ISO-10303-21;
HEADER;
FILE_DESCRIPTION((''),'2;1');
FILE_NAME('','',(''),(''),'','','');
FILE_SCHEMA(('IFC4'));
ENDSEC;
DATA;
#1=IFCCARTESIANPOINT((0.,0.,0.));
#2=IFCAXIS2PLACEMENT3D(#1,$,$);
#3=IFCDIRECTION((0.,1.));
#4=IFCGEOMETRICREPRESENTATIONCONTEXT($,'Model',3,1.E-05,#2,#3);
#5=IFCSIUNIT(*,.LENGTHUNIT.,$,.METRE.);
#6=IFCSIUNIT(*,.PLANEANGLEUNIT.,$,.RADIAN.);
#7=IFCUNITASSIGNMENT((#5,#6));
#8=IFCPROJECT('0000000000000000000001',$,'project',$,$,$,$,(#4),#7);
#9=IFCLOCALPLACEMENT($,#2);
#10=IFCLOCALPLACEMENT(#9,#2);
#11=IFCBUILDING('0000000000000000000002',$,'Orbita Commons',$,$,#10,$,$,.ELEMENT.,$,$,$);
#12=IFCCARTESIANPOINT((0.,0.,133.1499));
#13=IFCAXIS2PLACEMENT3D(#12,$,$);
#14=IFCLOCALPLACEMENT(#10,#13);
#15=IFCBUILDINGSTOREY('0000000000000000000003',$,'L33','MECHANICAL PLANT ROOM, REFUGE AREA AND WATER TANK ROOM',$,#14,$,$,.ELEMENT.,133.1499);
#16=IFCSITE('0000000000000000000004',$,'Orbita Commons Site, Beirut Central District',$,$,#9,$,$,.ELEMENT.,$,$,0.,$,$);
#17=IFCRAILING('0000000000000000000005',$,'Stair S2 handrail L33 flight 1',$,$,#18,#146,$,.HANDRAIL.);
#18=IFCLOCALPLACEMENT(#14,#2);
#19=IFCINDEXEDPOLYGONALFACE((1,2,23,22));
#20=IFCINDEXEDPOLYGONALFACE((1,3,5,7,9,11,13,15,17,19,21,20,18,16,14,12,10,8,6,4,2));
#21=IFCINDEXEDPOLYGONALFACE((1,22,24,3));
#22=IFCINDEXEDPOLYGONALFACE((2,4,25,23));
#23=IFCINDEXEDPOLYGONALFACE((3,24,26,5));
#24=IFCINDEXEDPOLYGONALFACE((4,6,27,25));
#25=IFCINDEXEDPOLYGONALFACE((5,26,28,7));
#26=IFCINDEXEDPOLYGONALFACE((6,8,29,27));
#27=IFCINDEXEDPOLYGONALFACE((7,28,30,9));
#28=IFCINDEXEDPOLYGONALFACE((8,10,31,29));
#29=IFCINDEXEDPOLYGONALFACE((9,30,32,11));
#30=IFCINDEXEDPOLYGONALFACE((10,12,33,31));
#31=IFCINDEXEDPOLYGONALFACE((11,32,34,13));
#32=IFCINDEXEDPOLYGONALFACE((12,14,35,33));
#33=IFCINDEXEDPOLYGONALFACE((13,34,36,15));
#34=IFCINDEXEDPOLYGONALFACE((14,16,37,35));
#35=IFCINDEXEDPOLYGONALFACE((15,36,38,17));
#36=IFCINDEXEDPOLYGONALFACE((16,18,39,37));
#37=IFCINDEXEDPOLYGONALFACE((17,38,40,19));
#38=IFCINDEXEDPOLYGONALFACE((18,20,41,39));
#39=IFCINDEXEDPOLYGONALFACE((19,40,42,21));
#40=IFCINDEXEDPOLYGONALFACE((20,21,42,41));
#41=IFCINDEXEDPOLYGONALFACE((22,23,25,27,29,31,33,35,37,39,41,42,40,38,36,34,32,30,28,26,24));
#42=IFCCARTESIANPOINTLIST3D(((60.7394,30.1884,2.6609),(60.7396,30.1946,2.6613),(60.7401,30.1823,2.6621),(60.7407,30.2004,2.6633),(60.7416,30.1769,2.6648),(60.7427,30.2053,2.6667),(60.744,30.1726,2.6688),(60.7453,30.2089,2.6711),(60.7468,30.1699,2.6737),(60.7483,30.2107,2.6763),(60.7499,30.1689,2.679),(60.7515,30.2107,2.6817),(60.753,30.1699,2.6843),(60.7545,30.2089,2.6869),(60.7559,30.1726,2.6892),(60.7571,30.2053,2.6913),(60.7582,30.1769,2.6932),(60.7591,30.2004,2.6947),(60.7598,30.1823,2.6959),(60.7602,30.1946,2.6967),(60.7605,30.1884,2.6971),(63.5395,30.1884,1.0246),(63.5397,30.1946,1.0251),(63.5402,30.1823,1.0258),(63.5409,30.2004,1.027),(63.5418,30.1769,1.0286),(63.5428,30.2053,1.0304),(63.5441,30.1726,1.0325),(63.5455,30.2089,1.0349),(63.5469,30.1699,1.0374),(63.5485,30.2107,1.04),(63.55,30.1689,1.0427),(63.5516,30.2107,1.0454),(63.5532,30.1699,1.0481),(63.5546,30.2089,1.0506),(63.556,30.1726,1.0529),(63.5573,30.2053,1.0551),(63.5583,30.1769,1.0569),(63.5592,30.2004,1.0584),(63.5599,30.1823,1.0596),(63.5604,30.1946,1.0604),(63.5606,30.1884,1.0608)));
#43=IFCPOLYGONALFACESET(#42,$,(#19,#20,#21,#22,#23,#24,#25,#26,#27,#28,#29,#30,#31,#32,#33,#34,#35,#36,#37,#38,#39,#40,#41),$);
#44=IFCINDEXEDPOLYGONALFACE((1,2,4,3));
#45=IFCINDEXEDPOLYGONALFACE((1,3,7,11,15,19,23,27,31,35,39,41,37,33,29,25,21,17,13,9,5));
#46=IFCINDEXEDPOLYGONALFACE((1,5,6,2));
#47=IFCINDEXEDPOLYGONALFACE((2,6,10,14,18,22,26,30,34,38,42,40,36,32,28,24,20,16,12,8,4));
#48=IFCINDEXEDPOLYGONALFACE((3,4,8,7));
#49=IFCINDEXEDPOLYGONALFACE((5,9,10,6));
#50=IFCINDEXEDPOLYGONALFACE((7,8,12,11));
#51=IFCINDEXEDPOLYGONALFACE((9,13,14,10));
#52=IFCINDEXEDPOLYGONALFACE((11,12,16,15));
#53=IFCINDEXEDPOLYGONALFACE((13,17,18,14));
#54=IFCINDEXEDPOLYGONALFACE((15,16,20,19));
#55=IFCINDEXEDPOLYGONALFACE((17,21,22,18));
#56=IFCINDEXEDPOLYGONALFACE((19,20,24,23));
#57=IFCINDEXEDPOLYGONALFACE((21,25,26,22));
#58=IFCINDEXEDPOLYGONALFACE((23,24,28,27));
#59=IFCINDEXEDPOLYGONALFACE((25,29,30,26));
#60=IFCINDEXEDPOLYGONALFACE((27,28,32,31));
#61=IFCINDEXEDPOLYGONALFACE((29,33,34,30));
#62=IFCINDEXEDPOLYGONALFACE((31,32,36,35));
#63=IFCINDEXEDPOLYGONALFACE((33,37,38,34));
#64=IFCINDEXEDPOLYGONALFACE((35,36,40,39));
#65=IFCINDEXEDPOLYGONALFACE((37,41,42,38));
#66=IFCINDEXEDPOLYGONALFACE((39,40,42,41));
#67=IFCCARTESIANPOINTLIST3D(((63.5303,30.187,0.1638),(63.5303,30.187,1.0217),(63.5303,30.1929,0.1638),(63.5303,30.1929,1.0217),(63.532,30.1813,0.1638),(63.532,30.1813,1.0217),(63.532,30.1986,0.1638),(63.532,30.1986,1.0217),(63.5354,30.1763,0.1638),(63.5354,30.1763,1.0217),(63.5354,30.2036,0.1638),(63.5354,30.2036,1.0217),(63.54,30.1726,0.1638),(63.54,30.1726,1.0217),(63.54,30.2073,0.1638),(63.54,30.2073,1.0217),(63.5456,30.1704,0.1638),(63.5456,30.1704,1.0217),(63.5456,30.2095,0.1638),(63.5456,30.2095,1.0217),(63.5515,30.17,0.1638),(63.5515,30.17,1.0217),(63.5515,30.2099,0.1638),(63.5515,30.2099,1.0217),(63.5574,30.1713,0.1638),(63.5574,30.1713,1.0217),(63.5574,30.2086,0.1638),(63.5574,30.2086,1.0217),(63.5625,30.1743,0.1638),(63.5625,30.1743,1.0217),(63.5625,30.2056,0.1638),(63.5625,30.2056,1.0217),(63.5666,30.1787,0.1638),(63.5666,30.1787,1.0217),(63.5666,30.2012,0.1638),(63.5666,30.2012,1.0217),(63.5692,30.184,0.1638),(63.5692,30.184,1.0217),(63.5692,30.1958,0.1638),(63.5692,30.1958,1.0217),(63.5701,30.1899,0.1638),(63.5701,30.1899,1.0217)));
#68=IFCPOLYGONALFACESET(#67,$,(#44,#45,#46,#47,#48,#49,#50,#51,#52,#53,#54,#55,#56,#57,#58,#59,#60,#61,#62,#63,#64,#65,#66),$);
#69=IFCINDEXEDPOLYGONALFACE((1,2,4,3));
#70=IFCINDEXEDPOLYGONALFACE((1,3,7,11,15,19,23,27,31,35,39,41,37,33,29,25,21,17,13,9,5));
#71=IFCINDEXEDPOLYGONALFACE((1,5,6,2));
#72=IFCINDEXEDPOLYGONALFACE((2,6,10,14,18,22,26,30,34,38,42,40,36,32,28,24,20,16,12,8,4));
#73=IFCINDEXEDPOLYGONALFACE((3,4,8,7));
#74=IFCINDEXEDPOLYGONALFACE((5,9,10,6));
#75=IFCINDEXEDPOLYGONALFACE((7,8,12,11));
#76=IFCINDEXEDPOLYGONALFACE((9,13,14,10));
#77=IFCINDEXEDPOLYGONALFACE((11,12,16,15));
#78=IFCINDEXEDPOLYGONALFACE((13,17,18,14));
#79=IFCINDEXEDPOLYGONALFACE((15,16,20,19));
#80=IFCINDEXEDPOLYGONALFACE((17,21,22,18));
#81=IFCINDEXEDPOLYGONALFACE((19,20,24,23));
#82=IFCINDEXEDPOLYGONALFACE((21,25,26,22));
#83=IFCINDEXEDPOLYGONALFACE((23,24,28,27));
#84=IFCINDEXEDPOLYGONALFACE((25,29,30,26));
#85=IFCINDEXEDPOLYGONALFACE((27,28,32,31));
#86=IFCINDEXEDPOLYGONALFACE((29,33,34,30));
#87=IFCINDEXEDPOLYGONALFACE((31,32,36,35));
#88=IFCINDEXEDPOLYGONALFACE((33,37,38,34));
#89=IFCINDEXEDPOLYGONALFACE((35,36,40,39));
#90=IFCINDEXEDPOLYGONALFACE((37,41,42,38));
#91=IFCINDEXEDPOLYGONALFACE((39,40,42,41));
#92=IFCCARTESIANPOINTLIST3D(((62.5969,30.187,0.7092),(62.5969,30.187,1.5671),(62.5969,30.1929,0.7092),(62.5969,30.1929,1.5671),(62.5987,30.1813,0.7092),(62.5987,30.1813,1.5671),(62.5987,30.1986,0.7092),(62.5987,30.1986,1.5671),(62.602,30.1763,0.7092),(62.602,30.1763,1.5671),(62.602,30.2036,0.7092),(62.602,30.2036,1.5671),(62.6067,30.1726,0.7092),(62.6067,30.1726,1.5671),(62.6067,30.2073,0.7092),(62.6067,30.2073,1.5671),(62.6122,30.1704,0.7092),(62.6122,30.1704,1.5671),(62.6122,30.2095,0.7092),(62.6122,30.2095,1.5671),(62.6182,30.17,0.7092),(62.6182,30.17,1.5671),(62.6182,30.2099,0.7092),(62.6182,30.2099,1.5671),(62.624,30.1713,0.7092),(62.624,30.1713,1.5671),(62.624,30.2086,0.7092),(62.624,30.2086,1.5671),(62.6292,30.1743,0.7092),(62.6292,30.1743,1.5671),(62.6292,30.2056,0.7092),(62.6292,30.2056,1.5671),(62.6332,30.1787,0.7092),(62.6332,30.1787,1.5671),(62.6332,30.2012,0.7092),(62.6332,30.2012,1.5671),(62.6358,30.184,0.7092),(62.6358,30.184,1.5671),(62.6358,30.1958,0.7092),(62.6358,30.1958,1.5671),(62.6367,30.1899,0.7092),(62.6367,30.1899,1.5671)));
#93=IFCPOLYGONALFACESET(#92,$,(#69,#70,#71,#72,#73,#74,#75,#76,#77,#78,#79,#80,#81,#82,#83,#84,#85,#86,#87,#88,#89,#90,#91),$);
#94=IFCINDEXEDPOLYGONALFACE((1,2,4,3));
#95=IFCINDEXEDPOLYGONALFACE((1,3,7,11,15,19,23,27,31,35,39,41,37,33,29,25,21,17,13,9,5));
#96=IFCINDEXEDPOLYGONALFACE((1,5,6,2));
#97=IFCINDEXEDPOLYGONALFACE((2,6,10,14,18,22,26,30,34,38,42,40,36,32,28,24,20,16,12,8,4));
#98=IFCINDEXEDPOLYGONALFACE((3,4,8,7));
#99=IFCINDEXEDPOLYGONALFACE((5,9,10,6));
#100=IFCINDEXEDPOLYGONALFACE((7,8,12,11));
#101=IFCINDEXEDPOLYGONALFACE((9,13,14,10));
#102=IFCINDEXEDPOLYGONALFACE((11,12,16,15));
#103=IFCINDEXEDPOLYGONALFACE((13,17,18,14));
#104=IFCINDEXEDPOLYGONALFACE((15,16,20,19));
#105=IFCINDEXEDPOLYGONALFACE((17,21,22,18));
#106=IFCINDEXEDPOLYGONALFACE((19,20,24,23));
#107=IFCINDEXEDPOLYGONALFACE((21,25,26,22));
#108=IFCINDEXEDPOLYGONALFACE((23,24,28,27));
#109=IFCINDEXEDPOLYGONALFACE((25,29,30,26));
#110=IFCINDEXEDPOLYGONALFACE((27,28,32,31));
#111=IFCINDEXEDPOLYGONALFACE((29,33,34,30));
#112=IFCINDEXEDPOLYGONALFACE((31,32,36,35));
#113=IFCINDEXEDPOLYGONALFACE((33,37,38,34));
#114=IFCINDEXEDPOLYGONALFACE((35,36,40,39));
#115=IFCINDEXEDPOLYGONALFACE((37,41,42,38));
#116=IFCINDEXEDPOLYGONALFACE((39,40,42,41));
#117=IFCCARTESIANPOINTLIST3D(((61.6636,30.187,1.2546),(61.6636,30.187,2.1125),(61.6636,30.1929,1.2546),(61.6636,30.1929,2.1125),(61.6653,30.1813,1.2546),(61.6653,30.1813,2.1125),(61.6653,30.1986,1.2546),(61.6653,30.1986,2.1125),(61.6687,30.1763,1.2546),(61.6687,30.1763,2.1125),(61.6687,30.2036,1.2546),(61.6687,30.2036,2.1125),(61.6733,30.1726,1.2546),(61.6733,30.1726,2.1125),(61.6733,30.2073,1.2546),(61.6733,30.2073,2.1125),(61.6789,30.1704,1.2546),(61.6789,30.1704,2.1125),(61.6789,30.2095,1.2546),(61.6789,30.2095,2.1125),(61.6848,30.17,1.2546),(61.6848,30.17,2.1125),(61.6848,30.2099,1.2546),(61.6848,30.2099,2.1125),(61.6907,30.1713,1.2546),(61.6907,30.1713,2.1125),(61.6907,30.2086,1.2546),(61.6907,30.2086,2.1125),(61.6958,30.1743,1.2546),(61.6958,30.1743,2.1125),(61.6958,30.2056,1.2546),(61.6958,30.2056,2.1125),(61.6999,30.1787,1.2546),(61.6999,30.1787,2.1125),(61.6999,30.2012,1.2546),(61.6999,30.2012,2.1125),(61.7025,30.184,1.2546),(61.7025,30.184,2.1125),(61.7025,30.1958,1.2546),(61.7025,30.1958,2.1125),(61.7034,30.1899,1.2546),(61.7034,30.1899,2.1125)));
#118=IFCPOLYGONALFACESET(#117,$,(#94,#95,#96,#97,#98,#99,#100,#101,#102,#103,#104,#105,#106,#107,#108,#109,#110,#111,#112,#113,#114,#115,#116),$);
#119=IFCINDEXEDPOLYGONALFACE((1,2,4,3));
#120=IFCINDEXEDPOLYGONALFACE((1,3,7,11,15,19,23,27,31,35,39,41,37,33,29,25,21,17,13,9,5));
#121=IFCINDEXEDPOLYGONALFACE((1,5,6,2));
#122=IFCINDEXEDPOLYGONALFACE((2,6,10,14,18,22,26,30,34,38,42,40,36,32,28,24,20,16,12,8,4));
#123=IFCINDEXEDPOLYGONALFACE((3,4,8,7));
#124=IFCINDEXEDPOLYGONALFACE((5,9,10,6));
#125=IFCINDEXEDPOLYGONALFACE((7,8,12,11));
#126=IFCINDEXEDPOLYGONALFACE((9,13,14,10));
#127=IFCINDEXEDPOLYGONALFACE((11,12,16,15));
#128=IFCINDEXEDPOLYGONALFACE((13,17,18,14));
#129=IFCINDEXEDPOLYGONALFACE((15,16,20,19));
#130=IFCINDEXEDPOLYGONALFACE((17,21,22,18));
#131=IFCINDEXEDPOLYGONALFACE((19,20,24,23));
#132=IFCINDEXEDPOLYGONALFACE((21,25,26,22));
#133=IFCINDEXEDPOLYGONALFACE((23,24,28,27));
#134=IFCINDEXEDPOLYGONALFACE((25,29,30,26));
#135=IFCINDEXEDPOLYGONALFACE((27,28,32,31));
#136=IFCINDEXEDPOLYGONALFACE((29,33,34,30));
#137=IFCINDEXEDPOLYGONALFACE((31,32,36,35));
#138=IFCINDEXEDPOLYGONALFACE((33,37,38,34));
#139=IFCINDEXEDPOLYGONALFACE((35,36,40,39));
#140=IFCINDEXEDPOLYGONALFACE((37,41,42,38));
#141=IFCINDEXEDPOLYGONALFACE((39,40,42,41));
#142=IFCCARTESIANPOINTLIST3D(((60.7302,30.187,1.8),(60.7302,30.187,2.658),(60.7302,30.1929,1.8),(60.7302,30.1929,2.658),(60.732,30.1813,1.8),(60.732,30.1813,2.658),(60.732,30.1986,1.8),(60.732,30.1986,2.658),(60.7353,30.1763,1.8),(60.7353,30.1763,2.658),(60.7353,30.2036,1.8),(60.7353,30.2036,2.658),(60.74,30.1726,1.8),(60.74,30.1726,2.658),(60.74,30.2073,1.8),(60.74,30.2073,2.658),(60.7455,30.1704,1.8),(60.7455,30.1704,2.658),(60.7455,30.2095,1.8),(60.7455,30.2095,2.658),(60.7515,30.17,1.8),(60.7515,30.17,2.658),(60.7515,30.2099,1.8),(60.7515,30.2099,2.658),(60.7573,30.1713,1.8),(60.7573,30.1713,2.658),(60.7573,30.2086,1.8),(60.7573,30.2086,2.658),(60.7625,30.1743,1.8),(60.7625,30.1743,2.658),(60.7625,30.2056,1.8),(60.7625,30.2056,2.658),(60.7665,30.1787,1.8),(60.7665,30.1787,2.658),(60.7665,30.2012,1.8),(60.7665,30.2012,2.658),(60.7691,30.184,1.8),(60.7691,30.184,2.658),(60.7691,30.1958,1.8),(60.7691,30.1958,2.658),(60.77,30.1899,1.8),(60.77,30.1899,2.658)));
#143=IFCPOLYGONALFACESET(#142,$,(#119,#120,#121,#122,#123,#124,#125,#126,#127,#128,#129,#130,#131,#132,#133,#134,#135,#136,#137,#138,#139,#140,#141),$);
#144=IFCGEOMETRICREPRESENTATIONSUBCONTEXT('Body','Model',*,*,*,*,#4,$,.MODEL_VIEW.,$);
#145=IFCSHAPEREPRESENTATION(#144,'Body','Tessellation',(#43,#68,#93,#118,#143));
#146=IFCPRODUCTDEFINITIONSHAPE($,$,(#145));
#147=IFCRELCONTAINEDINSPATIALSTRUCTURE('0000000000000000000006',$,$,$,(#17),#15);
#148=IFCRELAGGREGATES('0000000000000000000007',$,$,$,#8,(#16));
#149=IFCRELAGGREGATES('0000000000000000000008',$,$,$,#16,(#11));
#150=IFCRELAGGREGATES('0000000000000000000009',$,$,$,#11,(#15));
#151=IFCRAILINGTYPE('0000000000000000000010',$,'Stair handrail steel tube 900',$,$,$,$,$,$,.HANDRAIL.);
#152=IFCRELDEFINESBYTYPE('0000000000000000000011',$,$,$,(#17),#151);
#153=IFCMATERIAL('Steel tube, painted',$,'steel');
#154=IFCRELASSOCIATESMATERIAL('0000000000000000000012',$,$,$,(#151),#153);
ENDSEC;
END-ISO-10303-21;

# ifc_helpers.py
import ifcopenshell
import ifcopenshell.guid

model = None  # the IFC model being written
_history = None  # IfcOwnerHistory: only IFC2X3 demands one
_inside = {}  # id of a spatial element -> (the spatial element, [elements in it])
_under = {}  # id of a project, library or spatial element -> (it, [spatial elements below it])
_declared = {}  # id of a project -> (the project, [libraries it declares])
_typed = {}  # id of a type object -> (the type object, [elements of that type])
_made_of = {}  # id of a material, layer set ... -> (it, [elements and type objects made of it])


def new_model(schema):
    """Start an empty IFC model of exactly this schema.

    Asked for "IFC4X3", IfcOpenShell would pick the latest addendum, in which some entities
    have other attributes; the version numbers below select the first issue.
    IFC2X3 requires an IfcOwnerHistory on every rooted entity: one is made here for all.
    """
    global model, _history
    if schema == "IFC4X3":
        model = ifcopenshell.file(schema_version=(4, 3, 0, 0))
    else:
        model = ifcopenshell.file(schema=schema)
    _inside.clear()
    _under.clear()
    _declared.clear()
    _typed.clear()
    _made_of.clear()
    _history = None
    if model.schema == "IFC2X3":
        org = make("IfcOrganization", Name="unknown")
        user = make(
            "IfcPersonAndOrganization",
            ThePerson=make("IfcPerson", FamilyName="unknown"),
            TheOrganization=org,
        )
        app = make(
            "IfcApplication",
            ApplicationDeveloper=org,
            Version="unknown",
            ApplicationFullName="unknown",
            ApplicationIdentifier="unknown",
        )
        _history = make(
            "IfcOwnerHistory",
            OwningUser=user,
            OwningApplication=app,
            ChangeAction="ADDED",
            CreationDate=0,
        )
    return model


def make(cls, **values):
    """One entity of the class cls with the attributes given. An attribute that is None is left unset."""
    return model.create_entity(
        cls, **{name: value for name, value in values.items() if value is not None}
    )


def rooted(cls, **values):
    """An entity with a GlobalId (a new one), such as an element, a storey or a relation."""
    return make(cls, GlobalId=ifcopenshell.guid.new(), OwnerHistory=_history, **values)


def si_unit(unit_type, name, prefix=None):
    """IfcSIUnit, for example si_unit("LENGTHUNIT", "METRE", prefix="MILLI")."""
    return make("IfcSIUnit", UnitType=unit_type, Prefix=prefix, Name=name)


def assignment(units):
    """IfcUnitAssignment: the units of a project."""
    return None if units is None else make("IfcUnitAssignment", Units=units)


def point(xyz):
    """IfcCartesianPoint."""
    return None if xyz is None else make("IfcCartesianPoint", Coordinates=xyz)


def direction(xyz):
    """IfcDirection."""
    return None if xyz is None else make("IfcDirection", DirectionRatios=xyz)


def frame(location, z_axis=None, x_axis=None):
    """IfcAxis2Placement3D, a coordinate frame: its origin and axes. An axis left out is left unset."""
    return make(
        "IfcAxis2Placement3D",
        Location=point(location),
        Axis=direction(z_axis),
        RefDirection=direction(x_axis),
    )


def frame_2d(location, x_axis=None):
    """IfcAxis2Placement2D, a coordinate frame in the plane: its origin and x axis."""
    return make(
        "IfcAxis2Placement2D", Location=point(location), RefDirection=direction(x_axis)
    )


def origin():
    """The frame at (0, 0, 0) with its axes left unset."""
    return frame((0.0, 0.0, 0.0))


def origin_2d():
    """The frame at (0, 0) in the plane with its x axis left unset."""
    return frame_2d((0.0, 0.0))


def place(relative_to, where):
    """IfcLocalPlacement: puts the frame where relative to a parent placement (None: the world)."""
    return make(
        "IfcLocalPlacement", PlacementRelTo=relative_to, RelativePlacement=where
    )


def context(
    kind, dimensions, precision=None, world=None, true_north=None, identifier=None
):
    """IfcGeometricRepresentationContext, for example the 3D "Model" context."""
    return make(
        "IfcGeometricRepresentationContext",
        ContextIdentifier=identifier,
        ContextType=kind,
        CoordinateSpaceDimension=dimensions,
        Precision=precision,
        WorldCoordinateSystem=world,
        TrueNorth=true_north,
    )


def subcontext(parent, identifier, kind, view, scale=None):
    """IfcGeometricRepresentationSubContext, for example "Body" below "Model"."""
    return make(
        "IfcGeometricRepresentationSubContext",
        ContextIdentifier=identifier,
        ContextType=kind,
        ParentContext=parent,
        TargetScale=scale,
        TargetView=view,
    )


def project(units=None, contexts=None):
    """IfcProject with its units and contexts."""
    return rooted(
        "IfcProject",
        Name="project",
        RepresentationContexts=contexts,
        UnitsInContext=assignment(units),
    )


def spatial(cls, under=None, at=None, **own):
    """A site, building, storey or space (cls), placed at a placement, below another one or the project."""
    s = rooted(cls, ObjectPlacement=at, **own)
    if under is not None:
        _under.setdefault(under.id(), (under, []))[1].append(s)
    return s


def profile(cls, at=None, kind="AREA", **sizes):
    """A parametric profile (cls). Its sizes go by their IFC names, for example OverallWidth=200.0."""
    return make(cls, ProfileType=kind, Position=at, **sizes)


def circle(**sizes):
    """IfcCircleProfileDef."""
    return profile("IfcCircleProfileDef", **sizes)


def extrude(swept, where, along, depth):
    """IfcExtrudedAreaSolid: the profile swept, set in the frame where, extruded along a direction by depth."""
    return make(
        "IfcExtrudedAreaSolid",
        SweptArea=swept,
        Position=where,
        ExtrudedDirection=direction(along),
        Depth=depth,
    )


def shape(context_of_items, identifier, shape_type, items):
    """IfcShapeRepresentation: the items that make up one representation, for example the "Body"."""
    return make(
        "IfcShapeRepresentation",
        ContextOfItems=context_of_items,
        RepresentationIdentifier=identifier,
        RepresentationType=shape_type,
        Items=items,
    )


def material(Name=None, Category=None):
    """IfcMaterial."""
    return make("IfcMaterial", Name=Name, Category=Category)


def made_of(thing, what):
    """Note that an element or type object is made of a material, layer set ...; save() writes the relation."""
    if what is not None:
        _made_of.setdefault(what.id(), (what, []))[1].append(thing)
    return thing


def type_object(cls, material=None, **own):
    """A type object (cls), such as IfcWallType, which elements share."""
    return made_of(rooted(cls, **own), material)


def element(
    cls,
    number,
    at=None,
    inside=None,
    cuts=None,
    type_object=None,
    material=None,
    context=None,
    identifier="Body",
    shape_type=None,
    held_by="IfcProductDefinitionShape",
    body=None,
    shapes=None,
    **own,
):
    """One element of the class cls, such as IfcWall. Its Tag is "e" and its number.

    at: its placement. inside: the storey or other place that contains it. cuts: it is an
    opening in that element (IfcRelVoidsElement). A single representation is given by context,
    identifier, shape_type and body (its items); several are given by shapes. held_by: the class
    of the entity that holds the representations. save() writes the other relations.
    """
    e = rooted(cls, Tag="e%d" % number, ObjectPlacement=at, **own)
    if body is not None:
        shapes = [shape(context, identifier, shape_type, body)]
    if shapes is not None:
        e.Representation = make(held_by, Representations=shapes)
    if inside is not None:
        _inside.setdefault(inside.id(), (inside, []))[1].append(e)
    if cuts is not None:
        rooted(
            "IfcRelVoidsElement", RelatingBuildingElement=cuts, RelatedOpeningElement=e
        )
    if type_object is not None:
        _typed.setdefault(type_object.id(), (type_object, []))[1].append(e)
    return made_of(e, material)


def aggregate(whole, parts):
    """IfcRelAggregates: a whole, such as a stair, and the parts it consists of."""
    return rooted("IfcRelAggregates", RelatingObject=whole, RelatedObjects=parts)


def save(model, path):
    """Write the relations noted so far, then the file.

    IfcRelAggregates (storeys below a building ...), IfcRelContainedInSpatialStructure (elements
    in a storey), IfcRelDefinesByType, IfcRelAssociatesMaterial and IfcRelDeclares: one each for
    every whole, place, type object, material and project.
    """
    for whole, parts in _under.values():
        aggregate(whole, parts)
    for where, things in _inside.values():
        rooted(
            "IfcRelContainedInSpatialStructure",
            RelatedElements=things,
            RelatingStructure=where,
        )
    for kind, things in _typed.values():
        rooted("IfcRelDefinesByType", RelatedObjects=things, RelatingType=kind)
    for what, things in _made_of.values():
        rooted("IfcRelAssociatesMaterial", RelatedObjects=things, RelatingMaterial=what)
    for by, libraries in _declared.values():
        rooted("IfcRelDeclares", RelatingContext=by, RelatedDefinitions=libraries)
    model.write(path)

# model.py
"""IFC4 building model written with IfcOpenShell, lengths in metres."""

from ifc_helpers import new_model, si_unit, direction, frame, origin, origin_2d, place, context, subcontext, project, spatial, circle, extrude, material, type_object, element, save


model = new_model("IFC4")

# Units and contexts
model_context = context("Model", 3, precision=1e-05, world=origin(), true_north=direction((0.0, 1.0)))
body_context = subcontext(model_context, "Body", "Model", "MODEL_VIEW")
ifc_project = project(units=[si_unit("LENGTHUNIT", "METRE"), si_unit("PLANEANGLEUNIT", "RADIAN")], contexts=[model_context])

# Site, building, storey
site_placement = place(None, origin())
site = spatial("IfcSite", under=ifc_project, at=site_placement, Name="Orbita Commons Site, Beirut Central District", CompositionType="ELEMENT", RefElevation=0.0)
building_placement = place(site_placement, origin())
building = spatial("IfcBuilding", under=site, at=building_placement, Name="Orbita Commons", CompositionType="ELEMENT")
storey_placement = place(building_placement, frame((0.0, 0.0, 133.1499)))
storey = spatial("IfcBuildingStorey", under=building, at=storey_placement, Name="L33", Description="MECHANICAL PLANT ROOM, REFUGE AREA AND WATER TANK ROOM", CompositionType="ELEMENT", Elevation=133.1499)

# Railing
ifc_material_1 = material(Name="Steel tube, painted", Category="steel")
railing_type = type_object("IfcRailingType", Name="Stair handrail steel tube 900", PredefinedType="HANDRAIL", material=ifc_material_1)
for number, where, name in (
    (1, (63.55, 30.1899, 0.1638), "Stair S2 handrail L33 flight 1"),
):
    element("IfcRailing", number, at=place(storey_placement, frame(where)), inside=storey, type_object=railing_type, Name=name, PredefinedType="HANDRAIL", context=body_context, shape_type="SweptSolid", body=[
        extrude(circle(Radius=0.021, at=origin_2d()), frame((0.0, 0.0, 0.8789), z_axis=(-0.863394, 0.0, 0.504531), x_axis=(0.0, -1.0, 0.0)), (0.0, 0.0, 1.0), 3.2432),
        extrude(circle(Radius=0.02, at=origin_2d()), origin(), (0.0, 0.0, 1.0), 0.8579),
        extrude(circle(Radius=0.02, at=origin_2d()), frame((-0.9333, 0.0, 0.5454)), (0.0, 0.0, 1.0), 0.8579),
        extrude(circle(Radius=0.02, at=origin_2d()), frame((-1.8667, 0.0, 1.0908)), (0.0, 0.0, 1.0), 0.8579),
        extrude(circle(Radius=0.02, at=origin_2d()), frame((-2.8, 0.0, 1.6362)), (0.0, 0.0, 1.0), 0.8579),
    ])

save(model, "model.ifc")
